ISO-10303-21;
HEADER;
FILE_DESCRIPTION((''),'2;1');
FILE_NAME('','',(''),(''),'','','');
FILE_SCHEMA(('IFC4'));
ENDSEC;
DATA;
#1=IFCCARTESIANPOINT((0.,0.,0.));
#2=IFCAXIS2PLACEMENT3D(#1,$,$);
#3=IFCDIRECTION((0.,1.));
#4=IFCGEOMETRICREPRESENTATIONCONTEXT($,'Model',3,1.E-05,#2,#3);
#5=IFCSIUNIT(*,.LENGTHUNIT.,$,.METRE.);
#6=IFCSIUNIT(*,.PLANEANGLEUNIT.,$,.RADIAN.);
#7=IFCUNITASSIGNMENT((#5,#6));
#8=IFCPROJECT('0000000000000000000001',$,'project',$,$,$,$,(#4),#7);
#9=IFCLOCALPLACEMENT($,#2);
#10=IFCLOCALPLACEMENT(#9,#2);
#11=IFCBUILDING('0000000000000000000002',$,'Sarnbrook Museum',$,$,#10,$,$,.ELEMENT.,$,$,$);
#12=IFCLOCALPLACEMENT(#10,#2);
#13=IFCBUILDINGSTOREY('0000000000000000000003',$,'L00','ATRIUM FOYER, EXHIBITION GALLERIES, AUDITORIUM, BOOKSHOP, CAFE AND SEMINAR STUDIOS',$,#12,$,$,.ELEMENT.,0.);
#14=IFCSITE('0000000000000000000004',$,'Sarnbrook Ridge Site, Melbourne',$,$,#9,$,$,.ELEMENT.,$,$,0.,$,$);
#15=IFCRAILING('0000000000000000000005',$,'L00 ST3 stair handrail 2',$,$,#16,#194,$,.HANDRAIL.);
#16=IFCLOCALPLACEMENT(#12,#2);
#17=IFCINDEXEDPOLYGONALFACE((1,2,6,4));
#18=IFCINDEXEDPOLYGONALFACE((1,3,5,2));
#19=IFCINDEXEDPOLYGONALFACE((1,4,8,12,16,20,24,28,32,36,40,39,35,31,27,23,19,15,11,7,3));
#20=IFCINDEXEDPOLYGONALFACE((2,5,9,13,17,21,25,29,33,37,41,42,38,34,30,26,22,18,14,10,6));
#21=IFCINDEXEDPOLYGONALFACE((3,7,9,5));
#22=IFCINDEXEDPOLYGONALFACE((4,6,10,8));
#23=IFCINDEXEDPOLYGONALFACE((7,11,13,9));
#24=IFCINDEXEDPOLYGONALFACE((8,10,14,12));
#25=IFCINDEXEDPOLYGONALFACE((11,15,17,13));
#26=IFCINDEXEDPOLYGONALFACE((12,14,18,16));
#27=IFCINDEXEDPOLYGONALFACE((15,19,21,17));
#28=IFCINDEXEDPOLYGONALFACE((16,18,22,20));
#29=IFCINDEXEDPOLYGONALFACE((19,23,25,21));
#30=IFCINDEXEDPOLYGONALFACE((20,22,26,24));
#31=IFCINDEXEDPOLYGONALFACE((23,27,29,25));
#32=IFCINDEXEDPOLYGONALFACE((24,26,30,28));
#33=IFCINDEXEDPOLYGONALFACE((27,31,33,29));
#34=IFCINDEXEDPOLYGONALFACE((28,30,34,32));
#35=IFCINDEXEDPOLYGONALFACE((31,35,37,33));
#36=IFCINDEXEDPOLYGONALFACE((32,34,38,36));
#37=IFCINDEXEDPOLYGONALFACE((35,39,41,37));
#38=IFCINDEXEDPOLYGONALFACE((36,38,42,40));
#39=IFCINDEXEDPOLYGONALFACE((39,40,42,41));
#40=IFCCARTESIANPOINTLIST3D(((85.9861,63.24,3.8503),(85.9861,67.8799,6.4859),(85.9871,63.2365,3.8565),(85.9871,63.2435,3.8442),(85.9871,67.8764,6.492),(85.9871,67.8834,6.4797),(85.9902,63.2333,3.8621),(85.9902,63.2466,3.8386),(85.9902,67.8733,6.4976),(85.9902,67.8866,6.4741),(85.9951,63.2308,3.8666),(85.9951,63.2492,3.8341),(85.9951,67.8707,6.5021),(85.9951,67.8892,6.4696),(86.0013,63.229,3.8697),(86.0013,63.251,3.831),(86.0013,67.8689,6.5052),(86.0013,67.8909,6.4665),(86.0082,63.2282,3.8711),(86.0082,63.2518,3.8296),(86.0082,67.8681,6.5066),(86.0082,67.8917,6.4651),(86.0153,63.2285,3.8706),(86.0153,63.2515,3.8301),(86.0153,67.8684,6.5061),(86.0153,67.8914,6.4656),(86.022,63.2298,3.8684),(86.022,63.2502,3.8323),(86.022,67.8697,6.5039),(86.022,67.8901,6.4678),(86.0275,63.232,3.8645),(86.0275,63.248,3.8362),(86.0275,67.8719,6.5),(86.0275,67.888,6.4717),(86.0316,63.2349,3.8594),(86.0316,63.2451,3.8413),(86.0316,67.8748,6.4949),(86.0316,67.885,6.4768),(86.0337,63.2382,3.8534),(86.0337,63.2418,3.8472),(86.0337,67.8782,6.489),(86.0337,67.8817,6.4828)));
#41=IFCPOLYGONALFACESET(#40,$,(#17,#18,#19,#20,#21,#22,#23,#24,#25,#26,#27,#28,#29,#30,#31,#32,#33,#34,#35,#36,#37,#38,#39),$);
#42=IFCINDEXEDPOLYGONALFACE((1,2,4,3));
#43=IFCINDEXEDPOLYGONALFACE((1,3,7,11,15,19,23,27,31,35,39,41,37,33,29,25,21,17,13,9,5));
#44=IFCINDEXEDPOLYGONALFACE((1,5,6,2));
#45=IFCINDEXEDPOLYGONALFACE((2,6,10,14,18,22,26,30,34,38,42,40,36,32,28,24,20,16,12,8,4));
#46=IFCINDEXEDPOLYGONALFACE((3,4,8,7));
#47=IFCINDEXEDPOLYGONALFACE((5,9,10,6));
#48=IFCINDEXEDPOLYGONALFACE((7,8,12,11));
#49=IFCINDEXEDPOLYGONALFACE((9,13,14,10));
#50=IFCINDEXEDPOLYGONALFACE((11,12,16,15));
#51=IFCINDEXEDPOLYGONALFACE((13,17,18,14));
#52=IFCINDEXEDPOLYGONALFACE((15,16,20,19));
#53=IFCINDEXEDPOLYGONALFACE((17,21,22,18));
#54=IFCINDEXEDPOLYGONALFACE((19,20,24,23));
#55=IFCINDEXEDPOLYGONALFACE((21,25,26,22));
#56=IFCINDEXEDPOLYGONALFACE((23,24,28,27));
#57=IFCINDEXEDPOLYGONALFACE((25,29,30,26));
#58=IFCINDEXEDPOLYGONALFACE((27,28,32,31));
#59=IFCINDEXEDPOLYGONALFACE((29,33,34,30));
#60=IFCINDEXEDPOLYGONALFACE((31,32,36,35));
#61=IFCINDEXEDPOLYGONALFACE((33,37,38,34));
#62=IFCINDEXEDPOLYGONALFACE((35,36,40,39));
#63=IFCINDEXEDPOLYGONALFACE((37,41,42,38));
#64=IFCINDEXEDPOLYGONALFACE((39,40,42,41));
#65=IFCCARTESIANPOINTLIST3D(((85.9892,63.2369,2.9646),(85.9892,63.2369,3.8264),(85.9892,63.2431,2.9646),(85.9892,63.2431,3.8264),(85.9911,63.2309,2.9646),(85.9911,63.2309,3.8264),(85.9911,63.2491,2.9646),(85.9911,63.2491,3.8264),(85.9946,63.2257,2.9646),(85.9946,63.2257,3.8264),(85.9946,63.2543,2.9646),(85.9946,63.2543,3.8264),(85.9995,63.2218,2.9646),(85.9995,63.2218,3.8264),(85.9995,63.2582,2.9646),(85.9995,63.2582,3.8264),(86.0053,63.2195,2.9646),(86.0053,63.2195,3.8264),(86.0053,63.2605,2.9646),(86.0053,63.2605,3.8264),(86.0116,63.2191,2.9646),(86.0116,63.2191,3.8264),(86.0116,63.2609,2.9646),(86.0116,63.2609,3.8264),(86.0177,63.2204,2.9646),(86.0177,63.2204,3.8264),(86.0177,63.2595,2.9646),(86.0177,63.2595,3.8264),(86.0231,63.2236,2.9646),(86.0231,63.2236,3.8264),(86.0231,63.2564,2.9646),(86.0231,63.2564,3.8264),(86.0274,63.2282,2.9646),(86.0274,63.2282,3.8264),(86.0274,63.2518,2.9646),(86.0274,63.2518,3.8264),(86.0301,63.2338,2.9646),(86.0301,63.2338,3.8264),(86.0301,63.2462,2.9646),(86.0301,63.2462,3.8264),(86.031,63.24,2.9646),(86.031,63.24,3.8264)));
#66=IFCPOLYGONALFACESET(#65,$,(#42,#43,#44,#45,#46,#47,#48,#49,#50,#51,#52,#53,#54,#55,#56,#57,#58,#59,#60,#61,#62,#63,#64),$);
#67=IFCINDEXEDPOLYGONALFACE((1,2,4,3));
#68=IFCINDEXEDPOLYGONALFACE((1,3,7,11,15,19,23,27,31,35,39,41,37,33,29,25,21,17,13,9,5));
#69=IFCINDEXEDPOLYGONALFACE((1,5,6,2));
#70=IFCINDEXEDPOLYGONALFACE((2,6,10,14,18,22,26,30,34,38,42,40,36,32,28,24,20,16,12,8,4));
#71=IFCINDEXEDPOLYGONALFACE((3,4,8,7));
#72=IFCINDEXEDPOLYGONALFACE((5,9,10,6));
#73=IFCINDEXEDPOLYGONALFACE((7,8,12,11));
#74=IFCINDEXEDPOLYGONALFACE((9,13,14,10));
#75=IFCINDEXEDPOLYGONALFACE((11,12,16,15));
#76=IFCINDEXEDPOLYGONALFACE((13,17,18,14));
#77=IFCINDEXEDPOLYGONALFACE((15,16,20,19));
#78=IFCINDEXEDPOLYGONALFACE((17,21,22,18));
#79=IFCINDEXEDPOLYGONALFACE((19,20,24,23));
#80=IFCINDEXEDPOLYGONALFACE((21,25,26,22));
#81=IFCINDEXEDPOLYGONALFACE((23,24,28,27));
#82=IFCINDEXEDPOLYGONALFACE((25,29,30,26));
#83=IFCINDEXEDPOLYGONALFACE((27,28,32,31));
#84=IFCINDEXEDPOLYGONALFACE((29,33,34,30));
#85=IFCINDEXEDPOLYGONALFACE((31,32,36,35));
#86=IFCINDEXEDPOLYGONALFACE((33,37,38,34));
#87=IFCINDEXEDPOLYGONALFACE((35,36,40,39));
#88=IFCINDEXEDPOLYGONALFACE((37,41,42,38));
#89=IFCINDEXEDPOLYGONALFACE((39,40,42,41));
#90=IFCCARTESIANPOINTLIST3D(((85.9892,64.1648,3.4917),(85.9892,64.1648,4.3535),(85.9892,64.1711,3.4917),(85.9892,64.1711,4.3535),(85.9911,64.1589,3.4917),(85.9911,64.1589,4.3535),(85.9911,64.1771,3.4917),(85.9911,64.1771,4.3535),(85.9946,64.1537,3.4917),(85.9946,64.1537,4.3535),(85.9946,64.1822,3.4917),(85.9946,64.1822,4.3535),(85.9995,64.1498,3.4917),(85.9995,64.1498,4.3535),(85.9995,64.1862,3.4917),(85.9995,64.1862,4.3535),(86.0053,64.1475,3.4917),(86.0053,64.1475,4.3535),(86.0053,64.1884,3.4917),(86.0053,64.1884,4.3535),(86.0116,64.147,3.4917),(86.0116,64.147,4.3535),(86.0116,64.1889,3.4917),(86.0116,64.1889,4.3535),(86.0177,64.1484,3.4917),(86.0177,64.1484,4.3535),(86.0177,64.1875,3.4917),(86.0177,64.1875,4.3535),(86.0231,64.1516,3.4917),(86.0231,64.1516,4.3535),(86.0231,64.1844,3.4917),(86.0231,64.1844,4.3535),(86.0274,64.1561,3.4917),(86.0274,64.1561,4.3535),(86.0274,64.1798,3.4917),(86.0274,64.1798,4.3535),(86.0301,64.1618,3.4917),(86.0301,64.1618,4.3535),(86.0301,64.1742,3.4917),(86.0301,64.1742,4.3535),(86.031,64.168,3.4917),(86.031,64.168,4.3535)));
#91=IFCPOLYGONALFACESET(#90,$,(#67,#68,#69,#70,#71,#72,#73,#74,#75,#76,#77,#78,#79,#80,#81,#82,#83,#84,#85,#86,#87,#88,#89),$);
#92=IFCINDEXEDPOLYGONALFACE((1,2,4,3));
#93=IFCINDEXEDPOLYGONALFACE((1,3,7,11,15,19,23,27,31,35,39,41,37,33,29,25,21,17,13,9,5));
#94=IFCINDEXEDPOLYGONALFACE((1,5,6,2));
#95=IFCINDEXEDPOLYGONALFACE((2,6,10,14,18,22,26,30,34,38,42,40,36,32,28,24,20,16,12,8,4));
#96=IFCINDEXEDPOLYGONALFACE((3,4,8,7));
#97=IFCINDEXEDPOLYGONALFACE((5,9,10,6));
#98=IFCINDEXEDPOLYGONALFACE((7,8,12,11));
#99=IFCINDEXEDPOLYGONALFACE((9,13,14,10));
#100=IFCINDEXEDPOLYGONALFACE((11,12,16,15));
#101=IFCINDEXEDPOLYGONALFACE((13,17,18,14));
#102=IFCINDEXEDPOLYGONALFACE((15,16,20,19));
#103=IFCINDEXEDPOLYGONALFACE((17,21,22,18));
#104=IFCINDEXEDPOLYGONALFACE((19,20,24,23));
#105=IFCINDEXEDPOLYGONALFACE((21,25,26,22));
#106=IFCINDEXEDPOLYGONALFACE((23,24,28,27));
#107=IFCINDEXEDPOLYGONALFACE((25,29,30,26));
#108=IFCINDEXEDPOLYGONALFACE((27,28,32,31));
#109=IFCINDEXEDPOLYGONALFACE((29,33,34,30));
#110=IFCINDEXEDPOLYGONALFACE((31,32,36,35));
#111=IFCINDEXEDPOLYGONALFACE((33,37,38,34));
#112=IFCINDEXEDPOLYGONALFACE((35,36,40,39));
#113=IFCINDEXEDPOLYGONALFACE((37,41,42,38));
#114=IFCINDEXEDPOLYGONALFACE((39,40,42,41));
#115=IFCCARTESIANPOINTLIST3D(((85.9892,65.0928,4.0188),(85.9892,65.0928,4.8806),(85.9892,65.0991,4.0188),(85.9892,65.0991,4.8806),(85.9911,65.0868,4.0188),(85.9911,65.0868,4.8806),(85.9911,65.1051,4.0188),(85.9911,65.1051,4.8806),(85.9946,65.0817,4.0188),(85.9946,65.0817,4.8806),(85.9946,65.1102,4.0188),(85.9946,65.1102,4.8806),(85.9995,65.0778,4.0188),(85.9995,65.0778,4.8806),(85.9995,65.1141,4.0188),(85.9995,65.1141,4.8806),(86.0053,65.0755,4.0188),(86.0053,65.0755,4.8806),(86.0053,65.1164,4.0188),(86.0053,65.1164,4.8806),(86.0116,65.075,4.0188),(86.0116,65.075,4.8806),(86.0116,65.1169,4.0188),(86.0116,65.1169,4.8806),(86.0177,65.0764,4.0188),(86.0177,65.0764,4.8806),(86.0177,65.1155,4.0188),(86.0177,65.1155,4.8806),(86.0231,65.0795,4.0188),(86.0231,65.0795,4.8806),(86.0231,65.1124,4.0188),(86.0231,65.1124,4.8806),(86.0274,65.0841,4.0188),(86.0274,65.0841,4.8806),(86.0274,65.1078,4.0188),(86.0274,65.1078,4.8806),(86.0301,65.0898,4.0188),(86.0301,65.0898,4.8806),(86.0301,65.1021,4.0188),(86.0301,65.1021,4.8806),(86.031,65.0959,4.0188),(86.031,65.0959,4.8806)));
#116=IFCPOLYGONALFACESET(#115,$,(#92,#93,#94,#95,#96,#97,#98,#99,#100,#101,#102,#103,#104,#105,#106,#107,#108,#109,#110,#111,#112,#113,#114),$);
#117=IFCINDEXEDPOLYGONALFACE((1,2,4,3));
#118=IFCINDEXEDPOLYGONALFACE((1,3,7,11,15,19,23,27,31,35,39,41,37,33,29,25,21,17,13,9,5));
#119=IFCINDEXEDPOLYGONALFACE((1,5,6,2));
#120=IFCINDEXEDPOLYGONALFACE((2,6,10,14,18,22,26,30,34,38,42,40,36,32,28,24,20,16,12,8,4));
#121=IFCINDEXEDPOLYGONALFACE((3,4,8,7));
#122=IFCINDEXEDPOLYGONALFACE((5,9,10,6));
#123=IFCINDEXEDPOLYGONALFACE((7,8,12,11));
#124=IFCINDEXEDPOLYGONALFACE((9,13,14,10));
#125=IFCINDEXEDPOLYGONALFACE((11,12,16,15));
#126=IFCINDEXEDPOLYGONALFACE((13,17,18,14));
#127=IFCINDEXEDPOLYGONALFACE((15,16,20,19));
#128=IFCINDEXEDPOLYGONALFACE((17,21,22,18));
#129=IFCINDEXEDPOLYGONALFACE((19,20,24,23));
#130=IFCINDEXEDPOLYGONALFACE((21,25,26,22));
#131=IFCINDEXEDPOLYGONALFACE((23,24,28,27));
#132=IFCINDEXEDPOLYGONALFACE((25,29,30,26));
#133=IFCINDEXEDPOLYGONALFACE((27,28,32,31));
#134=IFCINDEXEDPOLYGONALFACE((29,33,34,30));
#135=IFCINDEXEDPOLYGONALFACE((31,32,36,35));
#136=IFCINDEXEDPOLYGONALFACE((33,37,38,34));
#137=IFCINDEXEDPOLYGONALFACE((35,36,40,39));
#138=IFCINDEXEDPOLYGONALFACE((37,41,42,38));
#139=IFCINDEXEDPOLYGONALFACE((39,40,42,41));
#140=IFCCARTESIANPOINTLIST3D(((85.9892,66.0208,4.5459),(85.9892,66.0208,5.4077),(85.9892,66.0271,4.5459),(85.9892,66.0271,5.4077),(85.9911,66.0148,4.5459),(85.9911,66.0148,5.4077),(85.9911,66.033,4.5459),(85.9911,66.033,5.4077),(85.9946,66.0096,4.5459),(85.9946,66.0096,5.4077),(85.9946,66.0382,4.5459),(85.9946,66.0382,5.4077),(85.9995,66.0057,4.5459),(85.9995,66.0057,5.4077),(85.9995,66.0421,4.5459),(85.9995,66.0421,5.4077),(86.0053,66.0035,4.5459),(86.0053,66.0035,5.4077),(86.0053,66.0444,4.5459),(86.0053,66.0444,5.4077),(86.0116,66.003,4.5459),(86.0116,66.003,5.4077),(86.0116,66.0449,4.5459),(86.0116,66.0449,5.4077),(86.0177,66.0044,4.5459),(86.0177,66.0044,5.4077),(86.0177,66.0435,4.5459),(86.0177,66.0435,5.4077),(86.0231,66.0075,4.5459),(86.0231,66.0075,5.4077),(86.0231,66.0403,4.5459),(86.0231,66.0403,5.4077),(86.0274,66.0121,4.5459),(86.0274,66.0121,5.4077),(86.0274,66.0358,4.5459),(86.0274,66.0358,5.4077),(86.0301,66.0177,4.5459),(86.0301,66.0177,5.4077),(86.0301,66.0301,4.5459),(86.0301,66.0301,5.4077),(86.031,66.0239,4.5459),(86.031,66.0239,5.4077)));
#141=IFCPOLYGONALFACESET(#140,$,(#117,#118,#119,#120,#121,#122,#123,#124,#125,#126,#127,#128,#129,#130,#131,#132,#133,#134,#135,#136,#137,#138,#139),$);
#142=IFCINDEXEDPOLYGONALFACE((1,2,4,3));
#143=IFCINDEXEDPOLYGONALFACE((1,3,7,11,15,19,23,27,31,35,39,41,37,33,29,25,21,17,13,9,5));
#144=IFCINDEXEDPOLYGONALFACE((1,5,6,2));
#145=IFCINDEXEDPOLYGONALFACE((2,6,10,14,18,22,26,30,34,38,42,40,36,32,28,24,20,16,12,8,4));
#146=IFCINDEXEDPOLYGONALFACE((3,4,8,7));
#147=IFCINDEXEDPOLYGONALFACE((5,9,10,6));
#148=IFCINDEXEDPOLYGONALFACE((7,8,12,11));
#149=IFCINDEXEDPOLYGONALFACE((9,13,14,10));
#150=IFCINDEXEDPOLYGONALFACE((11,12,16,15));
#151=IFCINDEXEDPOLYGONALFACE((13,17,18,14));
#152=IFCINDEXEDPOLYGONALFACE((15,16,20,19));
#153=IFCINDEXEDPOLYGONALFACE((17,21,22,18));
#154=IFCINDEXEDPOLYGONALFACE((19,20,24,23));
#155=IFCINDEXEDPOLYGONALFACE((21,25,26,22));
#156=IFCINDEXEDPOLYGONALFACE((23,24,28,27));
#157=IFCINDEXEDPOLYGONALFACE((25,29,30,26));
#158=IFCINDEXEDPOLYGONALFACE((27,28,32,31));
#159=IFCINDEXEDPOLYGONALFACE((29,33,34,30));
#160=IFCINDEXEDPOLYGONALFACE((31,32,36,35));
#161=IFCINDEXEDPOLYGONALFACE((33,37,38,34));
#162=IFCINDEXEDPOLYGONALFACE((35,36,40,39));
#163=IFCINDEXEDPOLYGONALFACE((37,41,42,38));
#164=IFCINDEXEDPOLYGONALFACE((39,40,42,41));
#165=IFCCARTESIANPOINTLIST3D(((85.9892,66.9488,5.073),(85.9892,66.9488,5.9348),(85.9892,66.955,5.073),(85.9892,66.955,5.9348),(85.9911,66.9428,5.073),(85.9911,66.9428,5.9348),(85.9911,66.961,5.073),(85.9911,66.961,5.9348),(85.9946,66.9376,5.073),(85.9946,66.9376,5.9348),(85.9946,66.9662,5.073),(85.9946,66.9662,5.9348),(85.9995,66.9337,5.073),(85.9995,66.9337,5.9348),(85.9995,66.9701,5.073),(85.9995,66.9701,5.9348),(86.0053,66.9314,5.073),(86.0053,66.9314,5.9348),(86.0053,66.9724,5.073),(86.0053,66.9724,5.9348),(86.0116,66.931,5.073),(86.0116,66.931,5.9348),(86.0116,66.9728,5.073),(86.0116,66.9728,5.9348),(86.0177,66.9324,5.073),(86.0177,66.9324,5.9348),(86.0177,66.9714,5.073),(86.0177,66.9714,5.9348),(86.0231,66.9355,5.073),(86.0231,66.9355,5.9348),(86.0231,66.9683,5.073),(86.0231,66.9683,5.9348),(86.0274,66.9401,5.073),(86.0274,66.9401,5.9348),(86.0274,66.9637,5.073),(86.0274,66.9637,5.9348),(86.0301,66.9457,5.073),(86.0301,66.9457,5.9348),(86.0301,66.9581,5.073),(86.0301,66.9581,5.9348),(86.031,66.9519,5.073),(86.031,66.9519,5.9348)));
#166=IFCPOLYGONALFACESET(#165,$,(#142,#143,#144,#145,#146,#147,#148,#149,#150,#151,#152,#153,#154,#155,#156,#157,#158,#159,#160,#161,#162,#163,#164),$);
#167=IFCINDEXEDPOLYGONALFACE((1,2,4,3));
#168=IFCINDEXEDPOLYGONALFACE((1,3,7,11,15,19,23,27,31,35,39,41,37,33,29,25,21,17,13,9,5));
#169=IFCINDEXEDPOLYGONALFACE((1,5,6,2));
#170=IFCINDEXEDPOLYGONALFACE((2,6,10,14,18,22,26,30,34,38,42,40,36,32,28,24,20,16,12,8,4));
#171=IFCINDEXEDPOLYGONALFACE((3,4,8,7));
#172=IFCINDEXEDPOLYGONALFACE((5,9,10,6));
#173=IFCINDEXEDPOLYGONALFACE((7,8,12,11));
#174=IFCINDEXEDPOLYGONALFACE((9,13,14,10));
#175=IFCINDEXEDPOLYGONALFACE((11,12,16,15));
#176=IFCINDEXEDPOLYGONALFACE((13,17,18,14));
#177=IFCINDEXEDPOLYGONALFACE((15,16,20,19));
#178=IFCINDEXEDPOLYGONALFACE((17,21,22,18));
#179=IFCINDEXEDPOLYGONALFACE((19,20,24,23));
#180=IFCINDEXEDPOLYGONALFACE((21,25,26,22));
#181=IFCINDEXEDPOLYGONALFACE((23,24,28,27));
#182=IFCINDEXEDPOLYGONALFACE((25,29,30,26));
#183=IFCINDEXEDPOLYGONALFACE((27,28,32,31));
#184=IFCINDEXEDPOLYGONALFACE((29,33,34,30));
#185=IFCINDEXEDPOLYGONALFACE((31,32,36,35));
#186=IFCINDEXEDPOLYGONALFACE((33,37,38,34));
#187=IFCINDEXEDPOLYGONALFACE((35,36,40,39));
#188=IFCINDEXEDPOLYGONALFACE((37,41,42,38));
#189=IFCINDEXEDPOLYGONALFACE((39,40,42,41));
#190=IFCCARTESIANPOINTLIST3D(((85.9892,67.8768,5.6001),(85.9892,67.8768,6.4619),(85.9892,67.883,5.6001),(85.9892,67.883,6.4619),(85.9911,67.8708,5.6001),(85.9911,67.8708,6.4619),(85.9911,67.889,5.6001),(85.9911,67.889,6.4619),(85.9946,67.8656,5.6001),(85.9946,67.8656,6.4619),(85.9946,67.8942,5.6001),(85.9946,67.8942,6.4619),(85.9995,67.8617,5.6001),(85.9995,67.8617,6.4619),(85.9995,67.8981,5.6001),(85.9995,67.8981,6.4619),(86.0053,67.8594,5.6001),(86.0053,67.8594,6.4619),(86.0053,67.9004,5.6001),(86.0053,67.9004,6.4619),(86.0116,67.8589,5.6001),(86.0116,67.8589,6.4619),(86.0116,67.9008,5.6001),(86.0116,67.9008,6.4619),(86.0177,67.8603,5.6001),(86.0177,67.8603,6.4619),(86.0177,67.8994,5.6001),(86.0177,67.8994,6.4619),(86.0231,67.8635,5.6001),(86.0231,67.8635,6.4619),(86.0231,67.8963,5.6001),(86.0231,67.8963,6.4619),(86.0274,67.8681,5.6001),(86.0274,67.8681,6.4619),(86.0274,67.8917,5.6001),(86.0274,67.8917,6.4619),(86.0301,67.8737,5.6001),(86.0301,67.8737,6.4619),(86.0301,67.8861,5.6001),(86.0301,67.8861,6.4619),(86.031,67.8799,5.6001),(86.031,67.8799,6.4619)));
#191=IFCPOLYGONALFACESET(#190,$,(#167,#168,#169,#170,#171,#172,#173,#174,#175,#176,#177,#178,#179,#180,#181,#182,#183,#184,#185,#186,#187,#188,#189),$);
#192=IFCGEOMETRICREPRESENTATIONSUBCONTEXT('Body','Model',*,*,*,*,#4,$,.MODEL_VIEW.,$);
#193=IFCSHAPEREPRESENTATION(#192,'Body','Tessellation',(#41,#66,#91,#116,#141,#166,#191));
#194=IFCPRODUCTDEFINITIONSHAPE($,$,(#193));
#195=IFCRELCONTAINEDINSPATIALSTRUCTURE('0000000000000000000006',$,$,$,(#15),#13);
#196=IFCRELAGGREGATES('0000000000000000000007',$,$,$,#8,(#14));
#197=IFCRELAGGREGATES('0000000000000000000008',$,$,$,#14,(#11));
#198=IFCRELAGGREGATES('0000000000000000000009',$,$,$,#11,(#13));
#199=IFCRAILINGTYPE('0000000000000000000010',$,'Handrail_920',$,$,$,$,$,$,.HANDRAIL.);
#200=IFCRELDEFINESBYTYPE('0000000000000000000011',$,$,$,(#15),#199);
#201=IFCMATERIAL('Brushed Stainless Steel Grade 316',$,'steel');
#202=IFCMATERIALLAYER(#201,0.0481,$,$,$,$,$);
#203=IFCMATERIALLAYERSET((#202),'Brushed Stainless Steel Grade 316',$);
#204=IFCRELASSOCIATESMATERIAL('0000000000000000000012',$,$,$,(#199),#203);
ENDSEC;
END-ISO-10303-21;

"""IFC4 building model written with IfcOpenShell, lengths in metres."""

from ifc_helpers import new_model, si_unit, direction, frame, origin, origin_2d, place, context, subcontext, project, spatial, circle, extrude, material, layer, layer_set, type_object, element, save


model = new_model("IFC4")

# Units and contexts
model_context = context("Model", 3, precision=1e-05, world=origin(), true_north=direction((0.0, 1.0)))
body_context = subcontext(model_context, "Body", "Model", "MODEL_VIEW")
ifc_project = project(units=[si_unit("LENGTHUNIT", "METRE"), si_unit("PLANEANGLEUNIT", "RADIAN")], contexts=[model_context])

# Site, building, storey
site_placement = place(None, origin())
site = spatial("IfcSite", under=ifc_project, at=site_placement, Name="Sarnbrook Ridge Site, Melbourne", CompositionType="ELEMENT", RefElevation=0.0)
building_placement = place(site_placement, origin())
building = spatial("IfcBuilding", under=site, at=building_placement, Name="Sarnbrook Museum", CompositionType="ELEMENT")
storey_placement = place(building_placement, origin())
storey = spatial("IfcBuildingStorey", under=building, at=storey_placement, Name="L00", Description="ATRIUM FOYER, EXHIBITION GALLERIES, AUDITORIUM, BOOKSHOP, CAFE AND SEMINAR STUDIOS", CompositionType="ELEMENT", Elevation=0.0)

# Shared definitions
ifc_material_1 = material(Name="Brushed Stainless Steel Grade 316", Category="steel")

# Railing
ifc_layer_1 = layer(ifc_material_1, 0.0481)
ifc_layer_set_1 = layer_set([ifc_layer_1], Name="Brushed Stainless Steel Grade 316")
railing_type_1 = type_object("IfcRailingType", Name="Handrail_920", PredefinedType="HANDRAIL", material=ifc_layer_set_1)
railing_1_placement = place(storey_placement, frame((86.01, 63.24, 2.9646)))
element("IfcRailing", 1, at=railing_1_placement, inside=storey, type_object=railing_type_1, Name="L00 ST3 stair handrail 2", PredefinedType="HANDRAIL", context=body_context, shape_type="SweptSolid", body=[
    extrude(circle(Radius=0.0239, at=origin_2d()), frame((0.0, 0.0, 0.8857), z_axis=(0.0, 0.869521, 0.493895), x_axis=(-1.0, 0.0, 0.0)), (0.0, 0.0, 1.0), 5.3362),
    extrude(circle(Radius=0.021, at=origin_2d()), origin(), (0.0, 0.0, 1.0), 0.8618),
    extrude(circle(Radius=0.021, at=origin_2d()), frame((0.0, 0.928, 0.5271)), (0.0, 0.0, 1.0), 0.8618),
    extrude(circle(Radius=0.021, at=origin_2d()), frame((0.0, 1.856, 1.0542)), (0.0, 0.0, 1.0), 0.8618),
    extrude(circle(Radius=0.021, at=origin_2d()), frame((0.0, 2.7839, 1.5813)), (0.0, 0.0, 1.0), 0.8618),
    extrude(circle(Radius=0.021, at=origin_2d()), frame((0.0, 3.7119, 2.1084)), (0.0, 0.0, 1.0), 0.8618),
    extrude(circle(Radius=0.021, at=origin_2d()), frame((0.0, 4.6399, 2.6355)), (0.0, 0.0, 1.0), 0.8618),
])

save(model, "model.ifc")
